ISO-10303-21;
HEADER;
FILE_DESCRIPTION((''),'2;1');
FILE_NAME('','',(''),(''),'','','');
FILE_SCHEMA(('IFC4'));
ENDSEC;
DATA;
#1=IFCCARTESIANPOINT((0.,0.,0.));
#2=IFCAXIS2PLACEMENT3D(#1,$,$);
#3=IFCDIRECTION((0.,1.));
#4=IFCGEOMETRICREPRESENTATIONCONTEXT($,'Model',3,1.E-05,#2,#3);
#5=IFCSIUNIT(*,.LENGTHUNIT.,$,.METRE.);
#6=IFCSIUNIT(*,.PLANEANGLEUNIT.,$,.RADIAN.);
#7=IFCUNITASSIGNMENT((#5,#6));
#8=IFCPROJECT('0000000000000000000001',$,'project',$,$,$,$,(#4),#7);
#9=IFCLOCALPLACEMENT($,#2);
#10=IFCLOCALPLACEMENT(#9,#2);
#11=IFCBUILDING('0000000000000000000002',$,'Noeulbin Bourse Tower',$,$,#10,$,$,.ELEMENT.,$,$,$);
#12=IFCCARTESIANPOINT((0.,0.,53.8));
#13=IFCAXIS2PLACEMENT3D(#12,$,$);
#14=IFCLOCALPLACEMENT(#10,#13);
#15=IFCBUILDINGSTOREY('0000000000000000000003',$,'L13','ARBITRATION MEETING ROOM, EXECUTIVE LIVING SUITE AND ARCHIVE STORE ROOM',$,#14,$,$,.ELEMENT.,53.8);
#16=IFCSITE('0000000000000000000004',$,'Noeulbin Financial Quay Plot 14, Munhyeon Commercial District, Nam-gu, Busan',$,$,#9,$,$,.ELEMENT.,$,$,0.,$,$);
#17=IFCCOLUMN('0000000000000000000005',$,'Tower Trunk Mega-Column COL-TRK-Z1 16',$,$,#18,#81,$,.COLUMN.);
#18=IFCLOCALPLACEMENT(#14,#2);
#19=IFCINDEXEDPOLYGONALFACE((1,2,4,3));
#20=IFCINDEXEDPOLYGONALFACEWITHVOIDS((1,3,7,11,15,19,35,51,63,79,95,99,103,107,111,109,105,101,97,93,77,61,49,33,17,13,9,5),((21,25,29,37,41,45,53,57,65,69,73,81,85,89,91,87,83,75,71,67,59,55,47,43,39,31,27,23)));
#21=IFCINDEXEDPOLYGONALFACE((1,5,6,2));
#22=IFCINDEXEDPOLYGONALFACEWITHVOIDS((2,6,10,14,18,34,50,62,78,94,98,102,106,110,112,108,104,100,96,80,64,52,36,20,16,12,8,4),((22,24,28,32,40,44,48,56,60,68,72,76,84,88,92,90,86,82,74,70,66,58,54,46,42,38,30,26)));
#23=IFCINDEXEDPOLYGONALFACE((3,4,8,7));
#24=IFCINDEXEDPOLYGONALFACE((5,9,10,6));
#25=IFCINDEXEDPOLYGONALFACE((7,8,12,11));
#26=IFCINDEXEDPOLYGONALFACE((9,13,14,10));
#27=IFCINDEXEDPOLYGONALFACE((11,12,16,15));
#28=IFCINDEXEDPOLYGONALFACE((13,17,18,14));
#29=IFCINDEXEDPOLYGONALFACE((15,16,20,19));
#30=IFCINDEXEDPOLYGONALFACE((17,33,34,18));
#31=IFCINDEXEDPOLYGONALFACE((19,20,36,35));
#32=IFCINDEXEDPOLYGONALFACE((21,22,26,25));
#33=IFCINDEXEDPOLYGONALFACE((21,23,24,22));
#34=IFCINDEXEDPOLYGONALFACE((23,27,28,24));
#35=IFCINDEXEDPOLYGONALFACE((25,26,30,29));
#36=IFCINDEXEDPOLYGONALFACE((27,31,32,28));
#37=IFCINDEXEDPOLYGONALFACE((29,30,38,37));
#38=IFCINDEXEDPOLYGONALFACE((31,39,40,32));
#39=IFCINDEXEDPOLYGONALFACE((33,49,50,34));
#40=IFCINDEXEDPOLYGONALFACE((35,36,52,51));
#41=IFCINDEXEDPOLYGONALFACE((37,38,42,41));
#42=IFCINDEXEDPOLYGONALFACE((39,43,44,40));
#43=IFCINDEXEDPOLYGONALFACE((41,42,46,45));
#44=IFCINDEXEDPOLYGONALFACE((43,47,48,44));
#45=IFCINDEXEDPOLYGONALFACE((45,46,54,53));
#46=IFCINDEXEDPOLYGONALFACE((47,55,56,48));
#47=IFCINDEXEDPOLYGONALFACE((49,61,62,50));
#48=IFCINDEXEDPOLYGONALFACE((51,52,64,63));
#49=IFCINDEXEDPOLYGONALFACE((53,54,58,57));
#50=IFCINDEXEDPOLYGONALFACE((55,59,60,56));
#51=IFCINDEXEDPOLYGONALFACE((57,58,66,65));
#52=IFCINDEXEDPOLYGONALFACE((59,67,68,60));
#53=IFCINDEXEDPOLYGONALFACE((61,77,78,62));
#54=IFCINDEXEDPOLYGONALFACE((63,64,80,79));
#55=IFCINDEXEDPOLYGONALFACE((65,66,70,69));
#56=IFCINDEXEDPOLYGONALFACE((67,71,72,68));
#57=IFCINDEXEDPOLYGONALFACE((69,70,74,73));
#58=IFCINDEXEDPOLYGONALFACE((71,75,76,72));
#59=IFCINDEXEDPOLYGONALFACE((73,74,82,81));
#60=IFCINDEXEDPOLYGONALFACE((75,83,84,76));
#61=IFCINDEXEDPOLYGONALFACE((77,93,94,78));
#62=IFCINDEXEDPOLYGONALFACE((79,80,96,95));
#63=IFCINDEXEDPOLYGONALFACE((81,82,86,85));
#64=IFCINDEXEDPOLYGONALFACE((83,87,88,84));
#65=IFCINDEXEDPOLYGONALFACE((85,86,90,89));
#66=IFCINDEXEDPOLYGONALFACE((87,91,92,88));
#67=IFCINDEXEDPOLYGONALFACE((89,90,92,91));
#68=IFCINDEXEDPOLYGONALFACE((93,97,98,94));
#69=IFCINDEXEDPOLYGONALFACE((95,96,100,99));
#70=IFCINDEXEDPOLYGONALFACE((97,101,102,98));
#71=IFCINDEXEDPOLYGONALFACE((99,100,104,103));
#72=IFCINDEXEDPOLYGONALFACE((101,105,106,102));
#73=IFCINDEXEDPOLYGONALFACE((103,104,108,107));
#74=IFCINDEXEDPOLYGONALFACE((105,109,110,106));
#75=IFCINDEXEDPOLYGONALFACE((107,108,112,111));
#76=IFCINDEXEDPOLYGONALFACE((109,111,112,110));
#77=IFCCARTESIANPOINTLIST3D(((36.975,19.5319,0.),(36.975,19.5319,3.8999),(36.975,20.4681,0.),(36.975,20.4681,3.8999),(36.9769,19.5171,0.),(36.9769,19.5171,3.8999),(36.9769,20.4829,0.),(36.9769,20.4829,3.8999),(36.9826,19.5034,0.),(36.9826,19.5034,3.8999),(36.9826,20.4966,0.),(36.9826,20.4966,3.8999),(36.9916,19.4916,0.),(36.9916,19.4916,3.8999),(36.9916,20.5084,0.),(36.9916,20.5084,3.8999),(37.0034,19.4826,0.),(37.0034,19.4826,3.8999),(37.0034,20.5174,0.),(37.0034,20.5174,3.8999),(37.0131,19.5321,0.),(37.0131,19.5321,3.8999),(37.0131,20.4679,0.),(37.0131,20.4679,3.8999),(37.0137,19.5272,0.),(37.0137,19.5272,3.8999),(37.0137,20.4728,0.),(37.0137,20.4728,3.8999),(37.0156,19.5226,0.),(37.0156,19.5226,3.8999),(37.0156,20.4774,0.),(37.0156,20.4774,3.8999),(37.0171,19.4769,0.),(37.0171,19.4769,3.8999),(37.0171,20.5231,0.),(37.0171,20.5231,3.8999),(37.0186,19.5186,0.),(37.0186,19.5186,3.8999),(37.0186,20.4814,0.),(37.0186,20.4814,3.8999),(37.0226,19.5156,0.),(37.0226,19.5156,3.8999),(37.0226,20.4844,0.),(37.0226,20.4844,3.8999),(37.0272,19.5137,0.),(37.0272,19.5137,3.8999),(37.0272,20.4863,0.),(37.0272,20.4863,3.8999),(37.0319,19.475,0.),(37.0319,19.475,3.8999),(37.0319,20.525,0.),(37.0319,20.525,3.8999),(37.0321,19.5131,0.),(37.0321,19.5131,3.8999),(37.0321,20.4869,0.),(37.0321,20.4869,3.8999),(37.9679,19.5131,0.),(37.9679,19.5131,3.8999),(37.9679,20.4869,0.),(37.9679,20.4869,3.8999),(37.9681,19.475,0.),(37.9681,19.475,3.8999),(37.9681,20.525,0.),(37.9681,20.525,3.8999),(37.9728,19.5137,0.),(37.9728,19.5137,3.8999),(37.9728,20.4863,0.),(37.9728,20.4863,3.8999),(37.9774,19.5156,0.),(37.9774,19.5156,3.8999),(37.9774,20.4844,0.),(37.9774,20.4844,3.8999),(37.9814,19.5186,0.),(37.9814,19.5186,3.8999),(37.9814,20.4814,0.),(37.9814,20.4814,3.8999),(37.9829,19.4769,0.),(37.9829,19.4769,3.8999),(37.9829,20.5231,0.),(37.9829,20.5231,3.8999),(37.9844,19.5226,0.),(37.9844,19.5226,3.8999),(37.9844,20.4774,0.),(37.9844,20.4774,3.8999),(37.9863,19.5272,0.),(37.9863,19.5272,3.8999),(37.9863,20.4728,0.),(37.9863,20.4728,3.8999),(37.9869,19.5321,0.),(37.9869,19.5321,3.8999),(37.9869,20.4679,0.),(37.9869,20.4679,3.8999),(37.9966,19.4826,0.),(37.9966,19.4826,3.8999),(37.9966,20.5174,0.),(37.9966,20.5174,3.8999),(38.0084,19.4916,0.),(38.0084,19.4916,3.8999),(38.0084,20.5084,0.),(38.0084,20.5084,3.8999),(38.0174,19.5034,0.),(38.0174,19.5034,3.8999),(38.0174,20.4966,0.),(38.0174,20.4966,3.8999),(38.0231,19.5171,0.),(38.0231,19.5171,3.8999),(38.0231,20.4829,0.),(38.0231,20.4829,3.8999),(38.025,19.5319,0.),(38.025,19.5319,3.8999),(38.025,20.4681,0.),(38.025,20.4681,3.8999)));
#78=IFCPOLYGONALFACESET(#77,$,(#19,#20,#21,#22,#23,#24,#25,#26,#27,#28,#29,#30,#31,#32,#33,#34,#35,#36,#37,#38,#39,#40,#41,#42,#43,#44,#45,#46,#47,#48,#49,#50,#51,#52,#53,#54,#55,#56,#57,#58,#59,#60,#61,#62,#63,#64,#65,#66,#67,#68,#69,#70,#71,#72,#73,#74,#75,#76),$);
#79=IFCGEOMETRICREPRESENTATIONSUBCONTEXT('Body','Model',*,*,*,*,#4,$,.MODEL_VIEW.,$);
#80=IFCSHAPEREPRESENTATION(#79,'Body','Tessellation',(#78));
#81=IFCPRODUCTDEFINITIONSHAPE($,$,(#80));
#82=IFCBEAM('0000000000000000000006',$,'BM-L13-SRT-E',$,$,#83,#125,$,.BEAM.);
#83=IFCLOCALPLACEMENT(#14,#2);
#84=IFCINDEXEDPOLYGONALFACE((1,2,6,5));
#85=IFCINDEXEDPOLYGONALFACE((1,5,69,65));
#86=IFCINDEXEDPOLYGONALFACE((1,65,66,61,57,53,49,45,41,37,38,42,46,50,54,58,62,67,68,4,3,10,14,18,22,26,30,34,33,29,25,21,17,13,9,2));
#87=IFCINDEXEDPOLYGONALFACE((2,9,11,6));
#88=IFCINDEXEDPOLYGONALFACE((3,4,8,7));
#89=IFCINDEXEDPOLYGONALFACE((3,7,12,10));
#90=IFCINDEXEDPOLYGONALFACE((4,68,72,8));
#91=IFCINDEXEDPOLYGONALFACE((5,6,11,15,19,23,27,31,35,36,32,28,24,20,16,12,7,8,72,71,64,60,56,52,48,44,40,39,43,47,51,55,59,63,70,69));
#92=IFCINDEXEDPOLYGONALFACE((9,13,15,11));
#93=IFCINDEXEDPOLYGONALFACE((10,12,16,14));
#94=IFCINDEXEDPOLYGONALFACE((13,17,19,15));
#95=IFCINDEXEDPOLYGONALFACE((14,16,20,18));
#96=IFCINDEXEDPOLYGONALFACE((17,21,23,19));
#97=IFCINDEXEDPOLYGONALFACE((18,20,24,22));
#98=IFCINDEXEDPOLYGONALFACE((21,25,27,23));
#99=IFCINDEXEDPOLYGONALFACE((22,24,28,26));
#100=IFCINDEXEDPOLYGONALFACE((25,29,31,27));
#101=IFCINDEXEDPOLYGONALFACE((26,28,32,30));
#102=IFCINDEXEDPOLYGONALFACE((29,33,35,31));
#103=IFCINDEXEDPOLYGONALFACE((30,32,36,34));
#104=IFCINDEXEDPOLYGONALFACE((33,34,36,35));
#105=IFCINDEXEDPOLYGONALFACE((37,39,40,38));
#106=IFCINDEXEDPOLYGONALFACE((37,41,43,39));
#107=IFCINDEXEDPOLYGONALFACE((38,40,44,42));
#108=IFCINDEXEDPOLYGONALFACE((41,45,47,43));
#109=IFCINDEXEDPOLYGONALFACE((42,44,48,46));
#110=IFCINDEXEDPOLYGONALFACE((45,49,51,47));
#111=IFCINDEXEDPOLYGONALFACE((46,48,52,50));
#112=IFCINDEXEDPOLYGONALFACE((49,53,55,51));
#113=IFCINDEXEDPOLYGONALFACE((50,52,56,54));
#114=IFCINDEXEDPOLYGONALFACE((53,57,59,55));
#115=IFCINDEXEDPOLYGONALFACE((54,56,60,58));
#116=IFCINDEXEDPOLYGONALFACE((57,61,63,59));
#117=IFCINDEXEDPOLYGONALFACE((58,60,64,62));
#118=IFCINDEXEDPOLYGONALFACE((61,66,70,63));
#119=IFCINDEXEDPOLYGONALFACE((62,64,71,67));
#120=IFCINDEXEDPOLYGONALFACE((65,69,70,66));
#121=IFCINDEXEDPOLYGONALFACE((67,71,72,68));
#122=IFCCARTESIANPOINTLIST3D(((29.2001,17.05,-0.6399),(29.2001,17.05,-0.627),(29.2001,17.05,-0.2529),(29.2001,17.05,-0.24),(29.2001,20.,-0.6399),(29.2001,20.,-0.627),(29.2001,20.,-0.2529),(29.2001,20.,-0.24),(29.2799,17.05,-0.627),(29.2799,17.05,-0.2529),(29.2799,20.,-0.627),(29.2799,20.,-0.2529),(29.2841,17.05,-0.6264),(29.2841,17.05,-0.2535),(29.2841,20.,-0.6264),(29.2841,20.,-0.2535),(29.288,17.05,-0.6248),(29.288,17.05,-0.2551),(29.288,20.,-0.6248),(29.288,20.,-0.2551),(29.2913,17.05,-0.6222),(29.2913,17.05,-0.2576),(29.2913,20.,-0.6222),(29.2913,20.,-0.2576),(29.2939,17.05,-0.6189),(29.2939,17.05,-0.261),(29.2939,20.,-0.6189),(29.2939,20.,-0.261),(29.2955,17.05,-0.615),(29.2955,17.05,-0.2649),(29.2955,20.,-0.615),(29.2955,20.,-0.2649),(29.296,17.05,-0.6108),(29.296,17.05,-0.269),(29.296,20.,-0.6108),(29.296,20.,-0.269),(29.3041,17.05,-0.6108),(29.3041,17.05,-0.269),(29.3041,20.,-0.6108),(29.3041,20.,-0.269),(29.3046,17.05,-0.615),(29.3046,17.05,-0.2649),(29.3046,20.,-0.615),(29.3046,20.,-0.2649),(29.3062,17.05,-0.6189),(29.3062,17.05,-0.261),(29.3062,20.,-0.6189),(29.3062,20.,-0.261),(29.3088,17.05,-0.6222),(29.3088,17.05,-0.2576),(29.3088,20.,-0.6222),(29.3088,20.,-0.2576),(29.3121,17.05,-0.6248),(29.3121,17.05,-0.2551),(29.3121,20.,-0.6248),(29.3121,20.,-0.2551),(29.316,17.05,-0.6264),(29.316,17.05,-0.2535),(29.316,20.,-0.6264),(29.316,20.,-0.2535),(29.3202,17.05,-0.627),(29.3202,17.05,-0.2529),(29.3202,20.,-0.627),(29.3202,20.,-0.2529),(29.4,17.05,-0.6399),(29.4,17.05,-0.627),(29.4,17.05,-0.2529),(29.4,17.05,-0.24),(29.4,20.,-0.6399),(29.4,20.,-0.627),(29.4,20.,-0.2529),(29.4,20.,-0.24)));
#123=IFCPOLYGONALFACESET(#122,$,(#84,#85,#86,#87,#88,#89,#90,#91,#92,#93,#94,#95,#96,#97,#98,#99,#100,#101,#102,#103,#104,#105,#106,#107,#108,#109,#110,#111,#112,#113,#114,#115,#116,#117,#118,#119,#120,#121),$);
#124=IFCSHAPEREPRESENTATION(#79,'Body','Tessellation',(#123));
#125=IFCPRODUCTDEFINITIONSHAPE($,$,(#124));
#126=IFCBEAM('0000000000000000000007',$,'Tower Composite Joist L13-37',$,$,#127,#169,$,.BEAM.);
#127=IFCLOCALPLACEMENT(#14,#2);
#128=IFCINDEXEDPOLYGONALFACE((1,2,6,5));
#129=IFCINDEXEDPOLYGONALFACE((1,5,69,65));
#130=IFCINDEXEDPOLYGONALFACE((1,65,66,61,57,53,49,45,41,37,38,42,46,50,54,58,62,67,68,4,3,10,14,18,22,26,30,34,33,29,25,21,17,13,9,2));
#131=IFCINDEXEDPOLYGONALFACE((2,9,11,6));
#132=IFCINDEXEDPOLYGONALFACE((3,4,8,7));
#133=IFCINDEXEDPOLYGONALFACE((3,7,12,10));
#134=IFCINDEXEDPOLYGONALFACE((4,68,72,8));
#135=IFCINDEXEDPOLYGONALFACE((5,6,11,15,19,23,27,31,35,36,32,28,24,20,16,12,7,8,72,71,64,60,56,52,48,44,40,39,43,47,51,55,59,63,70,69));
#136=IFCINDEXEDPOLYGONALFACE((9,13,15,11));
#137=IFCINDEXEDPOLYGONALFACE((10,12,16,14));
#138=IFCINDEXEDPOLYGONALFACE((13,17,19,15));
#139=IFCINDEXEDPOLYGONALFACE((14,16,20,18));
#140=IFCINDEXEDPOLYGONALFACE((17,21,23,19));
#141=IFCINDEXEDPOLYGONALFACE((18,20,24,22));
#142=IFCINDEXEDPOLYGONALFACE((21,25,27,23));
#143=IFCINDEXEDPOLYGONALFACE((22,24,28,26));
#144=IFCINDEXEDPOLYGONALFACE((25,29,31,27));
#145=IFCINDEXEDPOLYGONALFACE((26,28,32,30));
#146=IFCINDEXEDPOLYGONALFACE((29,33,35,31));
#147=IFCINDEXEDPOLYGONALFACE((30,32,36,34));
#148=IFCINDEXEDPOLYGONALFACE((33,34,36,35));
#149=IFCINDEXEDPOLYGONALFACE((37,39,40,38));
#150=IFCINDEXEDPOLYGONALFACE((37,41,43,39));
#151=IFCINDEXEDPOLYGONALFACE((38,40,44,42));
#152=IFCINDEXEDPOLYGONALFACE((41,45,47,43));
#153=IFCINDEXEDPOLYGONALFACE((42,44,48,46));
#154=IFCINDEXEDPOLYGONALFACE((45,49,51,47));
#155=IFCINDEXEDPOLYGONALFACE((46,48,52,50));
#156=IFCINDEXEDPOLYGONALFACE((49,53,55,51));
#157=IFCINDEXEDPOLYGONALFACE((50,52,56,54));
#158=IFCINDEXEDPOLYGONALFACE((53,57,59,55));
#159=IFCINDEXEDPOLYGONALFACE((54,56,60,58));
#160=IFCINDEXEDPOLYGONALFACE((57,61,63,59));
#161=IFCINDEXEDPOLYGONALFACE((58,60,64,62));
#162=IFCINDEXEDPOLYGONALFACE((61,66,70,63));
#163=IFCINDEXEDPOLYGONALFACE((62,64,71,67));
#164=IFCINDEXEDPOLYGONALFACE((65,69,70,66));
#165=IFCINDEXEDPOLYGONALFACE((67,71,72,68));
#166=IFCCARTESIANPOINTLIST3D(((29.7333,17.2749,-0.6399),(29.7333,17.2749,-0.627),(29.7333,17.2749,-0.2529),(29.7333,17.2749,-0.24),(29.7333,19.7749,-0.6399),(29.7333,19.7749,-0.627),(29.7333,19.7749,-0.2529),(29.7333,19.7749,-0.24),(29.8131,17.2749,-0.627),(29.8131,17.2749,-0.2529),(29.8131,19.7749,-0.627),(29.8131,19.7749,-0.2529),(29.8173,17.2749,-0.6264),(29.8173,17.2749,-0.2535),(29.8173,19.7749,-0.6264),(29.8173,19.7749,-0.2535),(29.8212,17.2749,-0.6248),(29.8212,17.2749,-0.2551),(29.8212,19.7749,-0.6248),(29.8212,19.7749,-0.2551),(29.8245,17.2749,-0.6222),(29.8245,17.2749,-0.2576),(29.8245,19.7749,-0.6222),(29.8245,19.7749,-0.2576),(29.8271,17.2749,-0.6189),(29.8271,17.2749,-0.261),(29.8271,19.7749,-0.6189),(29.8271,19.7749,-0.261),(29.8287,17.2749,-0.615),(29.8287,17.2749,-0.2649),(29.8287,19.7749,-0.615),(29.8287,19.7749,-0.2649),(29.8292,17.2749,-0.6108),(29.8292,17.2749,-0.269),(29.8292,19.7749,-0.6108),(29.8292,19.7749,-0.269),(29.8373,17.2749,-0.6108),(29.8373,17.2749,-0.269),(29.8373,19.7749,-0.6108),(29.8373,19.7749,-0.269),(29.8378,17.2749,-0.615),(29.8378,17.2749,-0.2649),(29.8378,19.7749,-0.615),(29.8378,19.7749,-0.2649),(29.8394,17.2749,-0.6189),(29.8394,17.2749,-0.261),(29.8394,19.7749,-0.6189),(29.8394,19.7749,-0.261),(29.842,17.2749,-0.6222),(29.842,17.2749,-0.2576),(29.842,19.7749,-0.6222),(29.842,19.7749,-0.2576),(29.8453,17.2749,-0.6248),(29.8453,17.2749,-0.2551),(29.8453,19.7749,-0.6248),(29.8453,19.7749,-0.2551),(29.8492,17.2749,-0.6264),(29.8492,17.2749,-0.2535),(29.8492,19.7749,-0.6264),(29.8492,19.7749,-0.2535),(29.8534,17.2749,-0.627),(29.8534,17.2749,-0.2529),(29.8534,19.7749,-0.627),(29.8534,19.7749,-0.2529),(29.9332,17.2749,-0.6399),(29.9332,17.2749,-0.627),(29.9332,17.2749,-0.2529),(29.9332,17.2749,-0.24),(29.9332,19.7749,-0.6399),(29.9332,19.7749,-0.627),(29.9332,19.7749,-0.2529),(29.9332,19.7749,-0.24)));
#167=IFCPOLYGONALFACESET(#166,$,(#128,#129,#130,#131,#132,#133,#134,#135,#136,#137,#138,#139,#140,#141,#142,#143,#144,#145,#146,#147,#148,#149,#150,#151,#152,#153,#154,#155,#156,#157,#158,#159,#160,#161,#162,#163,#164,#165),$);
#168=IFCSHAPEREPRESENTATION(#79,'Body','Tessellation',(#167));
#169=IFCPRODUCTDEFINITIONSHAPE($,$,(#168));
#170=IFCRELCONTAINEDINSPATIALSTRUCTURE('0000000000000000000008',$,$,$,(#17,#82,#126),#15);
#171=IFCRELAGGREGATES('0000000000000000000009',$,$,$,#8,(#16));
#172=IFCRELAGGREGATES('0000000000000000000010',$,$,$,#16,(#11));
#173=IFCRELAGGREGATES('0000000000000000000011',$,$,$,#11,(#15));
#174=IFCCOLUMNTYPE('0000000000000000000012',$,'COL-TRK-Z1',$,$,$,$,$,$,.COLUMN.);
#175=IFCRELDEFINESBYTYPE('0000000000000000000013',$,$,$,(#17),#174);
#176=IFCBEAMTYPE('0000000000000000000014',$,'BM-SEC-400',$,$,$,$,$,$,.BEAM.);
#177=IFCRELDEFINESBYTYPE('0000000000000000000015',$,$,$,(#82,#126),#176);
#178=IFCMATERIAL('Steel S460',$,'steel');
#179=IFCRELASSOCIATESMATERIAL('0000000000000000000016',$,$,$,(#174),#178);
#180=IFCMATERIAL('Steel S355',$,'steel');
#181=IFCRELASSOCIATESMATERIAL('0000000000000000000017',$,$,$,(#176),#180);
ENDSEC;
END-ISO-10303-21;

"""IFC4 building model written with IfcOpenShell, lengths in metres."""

from ifc_helpers import new_model, si_unit, direction, frame, origin, origin_2d, place, context, subcontext, project, spatial, hollow_rectangle, i_section, extrude, material, material_profile, profile_set, type_object, element, save


model = new_model("IFC4")

# Units and contexts
model_context = context("Model", 3, precision=1e-05, world=origin(), true_north=direction((0.0, 1.0)))
body_context = subcontext(model_context, "Body", "Model", "MODEL_VIEW")
ifc_project = project(units=[si_unit("LENGTHUNIT", "METRE"), si_unit("PLANEANGLEUNIT", "RADIAN")], contexts=[model_context])

# Site, building, storey
site_placement = place(None, origin())
site = spatial("IfcSite", under=ifc_project, at=site_placement, Name="Noeulbin Financial Quay Plot 14, Munhyeon Commercial District, Nam-gu, Busan", CompositionType="ELEMENT", RefElevation=0.0)
building_placement = place(site_placement, origin())
building = spatial("IfcBuilding", under=site, at=building_placement, Name="Noeulbin Bourse Tower", CompositionType="ELEMENT")
storey_placement = place(building_placement, frame((0.0, 0.0, 53.8)))
storey = spatial("IfcBuildingStorey", under=building, at=storey_placement, Name="L13", Description="ARBITRATION MEETING ROOM, EXECUTIVE LIVING SUITE AND ARCHIVE STORE ROOM", CompositionType="ELEMENT", Elevation=53.8)

# Column
ifc_material_1 = material(Name="Steel S460", Category="steel")
ifc_material_profile_1 = material_profile(ifc_material_1, hollow_rectangle(XDim=1.05, YDim=1.05, WallThickness=0.0381, InnerFilletRadius=0.019, OuterFilletRadius=0.0569, at=origin_2d()), Name="BOX-1050x1050x38", Category="LoadBearing")
ifc_profile_set_1 = profile_set([ifc_material_profile_1], Name="Steel S460")
column_type = type_object("IfcColumnType", Name="COL-TRK-Z1", PredefinedType="COLUMN", material=ifc_profile_set_1)
for number, where, z_axis, x_axis, name in (
    (1, (37.5, 20.0, 0.0), (0.0, 0.0, 1.0), (1.0, 0.0, 0.0), "Tower Trunk Mega-Column COL-TRK-Z1 16"),
):
    element("IfcColumn", number, at=place(storey_placement, frame(where, z_axis=z_axis, x_axis=x_axis)), inside=storey, type_object=column_type, Name=name, PredefinedType="COLUMN", context=body_context, shape_type="SweptSolid", body=[
        extrude(hollow_rectangle(XDim=1.05, YDim=1.05, WallThickness=0.0381, InnerFilletRadius=0.019, OuterFilletRadius=0.0569, at=origin_2d()), origin(), (0.0, 0.0, 1.0), 3.8999),
    ])

# Beams
ifc_material_2 = material(Name="Steel S355", Category="steel")
ifc_material_profile_2 = material_profile(ifc_material_2, i_section(OverallWidth=0.2, OverallDepth=0.3999, WebThickness=0.0081, FlangeThickness=0.0129, FilletRadius=0.0161, at=origin_2d()), Name="H-400x200x8x13", Category="LoadBearing")
ifc_profile_set_2 = profile_set([ifc_material_profile_2], Name="Steel S355")
beam_type_1 = type_object("IfcBeamType", Name="BM-SEC-400", PredefinedType="BEAM", material=ifc_profile_set_2)
beam_1_placement = place(storey_placement, frame((29.3, 17.05, -0.4399), z_axis=(0.0, 1.0, 0.0), x_axis=(-1.0, 0.0, 0.0)))
element("IfcBeam", 2, at=beam_1_placement, inside=storey, type_object=beam_type_1, Name="BM-L13-SRT-E", PredefinedType="BEAM", context=body_context, shape_type="SweptSolid", body=[
    extrude(i_section(OverallWidth=0.2, OverallDepth=0.3999, WebThickness=0.0081, FlangeThickness=0.0129, FilletRadius=0.0161, at=origin_2d()), origin(), (0.0, 0.0, 1.0), 2.95),
])
beam_2_placement = place(storey_placement, frame((29.8333, 17.2749, -0.4399), z_axis=(0.0, 1.0, 0.0), x_axis=(-1.0, 0.0, 0.0)))
element("IfcBeam", 3, at=beam_2_placement, inside=storey, type_object=beam_type_1, Name="Tower Composite Joist L13-37", PredefinedType="BEAM", context=body_context, shape_type="SweptSolid", body=[
    extrude(i_section(OverallWidth=0.2, OverallDepth=0.3999, WebThickness=0.0081, FlangeThickness=0.0129, FilletRadius=0.0161, at=origin_2d()), origin(), (0.0, 0.0, 1.0), 2.5),
])

save(model, "model.ifc")
